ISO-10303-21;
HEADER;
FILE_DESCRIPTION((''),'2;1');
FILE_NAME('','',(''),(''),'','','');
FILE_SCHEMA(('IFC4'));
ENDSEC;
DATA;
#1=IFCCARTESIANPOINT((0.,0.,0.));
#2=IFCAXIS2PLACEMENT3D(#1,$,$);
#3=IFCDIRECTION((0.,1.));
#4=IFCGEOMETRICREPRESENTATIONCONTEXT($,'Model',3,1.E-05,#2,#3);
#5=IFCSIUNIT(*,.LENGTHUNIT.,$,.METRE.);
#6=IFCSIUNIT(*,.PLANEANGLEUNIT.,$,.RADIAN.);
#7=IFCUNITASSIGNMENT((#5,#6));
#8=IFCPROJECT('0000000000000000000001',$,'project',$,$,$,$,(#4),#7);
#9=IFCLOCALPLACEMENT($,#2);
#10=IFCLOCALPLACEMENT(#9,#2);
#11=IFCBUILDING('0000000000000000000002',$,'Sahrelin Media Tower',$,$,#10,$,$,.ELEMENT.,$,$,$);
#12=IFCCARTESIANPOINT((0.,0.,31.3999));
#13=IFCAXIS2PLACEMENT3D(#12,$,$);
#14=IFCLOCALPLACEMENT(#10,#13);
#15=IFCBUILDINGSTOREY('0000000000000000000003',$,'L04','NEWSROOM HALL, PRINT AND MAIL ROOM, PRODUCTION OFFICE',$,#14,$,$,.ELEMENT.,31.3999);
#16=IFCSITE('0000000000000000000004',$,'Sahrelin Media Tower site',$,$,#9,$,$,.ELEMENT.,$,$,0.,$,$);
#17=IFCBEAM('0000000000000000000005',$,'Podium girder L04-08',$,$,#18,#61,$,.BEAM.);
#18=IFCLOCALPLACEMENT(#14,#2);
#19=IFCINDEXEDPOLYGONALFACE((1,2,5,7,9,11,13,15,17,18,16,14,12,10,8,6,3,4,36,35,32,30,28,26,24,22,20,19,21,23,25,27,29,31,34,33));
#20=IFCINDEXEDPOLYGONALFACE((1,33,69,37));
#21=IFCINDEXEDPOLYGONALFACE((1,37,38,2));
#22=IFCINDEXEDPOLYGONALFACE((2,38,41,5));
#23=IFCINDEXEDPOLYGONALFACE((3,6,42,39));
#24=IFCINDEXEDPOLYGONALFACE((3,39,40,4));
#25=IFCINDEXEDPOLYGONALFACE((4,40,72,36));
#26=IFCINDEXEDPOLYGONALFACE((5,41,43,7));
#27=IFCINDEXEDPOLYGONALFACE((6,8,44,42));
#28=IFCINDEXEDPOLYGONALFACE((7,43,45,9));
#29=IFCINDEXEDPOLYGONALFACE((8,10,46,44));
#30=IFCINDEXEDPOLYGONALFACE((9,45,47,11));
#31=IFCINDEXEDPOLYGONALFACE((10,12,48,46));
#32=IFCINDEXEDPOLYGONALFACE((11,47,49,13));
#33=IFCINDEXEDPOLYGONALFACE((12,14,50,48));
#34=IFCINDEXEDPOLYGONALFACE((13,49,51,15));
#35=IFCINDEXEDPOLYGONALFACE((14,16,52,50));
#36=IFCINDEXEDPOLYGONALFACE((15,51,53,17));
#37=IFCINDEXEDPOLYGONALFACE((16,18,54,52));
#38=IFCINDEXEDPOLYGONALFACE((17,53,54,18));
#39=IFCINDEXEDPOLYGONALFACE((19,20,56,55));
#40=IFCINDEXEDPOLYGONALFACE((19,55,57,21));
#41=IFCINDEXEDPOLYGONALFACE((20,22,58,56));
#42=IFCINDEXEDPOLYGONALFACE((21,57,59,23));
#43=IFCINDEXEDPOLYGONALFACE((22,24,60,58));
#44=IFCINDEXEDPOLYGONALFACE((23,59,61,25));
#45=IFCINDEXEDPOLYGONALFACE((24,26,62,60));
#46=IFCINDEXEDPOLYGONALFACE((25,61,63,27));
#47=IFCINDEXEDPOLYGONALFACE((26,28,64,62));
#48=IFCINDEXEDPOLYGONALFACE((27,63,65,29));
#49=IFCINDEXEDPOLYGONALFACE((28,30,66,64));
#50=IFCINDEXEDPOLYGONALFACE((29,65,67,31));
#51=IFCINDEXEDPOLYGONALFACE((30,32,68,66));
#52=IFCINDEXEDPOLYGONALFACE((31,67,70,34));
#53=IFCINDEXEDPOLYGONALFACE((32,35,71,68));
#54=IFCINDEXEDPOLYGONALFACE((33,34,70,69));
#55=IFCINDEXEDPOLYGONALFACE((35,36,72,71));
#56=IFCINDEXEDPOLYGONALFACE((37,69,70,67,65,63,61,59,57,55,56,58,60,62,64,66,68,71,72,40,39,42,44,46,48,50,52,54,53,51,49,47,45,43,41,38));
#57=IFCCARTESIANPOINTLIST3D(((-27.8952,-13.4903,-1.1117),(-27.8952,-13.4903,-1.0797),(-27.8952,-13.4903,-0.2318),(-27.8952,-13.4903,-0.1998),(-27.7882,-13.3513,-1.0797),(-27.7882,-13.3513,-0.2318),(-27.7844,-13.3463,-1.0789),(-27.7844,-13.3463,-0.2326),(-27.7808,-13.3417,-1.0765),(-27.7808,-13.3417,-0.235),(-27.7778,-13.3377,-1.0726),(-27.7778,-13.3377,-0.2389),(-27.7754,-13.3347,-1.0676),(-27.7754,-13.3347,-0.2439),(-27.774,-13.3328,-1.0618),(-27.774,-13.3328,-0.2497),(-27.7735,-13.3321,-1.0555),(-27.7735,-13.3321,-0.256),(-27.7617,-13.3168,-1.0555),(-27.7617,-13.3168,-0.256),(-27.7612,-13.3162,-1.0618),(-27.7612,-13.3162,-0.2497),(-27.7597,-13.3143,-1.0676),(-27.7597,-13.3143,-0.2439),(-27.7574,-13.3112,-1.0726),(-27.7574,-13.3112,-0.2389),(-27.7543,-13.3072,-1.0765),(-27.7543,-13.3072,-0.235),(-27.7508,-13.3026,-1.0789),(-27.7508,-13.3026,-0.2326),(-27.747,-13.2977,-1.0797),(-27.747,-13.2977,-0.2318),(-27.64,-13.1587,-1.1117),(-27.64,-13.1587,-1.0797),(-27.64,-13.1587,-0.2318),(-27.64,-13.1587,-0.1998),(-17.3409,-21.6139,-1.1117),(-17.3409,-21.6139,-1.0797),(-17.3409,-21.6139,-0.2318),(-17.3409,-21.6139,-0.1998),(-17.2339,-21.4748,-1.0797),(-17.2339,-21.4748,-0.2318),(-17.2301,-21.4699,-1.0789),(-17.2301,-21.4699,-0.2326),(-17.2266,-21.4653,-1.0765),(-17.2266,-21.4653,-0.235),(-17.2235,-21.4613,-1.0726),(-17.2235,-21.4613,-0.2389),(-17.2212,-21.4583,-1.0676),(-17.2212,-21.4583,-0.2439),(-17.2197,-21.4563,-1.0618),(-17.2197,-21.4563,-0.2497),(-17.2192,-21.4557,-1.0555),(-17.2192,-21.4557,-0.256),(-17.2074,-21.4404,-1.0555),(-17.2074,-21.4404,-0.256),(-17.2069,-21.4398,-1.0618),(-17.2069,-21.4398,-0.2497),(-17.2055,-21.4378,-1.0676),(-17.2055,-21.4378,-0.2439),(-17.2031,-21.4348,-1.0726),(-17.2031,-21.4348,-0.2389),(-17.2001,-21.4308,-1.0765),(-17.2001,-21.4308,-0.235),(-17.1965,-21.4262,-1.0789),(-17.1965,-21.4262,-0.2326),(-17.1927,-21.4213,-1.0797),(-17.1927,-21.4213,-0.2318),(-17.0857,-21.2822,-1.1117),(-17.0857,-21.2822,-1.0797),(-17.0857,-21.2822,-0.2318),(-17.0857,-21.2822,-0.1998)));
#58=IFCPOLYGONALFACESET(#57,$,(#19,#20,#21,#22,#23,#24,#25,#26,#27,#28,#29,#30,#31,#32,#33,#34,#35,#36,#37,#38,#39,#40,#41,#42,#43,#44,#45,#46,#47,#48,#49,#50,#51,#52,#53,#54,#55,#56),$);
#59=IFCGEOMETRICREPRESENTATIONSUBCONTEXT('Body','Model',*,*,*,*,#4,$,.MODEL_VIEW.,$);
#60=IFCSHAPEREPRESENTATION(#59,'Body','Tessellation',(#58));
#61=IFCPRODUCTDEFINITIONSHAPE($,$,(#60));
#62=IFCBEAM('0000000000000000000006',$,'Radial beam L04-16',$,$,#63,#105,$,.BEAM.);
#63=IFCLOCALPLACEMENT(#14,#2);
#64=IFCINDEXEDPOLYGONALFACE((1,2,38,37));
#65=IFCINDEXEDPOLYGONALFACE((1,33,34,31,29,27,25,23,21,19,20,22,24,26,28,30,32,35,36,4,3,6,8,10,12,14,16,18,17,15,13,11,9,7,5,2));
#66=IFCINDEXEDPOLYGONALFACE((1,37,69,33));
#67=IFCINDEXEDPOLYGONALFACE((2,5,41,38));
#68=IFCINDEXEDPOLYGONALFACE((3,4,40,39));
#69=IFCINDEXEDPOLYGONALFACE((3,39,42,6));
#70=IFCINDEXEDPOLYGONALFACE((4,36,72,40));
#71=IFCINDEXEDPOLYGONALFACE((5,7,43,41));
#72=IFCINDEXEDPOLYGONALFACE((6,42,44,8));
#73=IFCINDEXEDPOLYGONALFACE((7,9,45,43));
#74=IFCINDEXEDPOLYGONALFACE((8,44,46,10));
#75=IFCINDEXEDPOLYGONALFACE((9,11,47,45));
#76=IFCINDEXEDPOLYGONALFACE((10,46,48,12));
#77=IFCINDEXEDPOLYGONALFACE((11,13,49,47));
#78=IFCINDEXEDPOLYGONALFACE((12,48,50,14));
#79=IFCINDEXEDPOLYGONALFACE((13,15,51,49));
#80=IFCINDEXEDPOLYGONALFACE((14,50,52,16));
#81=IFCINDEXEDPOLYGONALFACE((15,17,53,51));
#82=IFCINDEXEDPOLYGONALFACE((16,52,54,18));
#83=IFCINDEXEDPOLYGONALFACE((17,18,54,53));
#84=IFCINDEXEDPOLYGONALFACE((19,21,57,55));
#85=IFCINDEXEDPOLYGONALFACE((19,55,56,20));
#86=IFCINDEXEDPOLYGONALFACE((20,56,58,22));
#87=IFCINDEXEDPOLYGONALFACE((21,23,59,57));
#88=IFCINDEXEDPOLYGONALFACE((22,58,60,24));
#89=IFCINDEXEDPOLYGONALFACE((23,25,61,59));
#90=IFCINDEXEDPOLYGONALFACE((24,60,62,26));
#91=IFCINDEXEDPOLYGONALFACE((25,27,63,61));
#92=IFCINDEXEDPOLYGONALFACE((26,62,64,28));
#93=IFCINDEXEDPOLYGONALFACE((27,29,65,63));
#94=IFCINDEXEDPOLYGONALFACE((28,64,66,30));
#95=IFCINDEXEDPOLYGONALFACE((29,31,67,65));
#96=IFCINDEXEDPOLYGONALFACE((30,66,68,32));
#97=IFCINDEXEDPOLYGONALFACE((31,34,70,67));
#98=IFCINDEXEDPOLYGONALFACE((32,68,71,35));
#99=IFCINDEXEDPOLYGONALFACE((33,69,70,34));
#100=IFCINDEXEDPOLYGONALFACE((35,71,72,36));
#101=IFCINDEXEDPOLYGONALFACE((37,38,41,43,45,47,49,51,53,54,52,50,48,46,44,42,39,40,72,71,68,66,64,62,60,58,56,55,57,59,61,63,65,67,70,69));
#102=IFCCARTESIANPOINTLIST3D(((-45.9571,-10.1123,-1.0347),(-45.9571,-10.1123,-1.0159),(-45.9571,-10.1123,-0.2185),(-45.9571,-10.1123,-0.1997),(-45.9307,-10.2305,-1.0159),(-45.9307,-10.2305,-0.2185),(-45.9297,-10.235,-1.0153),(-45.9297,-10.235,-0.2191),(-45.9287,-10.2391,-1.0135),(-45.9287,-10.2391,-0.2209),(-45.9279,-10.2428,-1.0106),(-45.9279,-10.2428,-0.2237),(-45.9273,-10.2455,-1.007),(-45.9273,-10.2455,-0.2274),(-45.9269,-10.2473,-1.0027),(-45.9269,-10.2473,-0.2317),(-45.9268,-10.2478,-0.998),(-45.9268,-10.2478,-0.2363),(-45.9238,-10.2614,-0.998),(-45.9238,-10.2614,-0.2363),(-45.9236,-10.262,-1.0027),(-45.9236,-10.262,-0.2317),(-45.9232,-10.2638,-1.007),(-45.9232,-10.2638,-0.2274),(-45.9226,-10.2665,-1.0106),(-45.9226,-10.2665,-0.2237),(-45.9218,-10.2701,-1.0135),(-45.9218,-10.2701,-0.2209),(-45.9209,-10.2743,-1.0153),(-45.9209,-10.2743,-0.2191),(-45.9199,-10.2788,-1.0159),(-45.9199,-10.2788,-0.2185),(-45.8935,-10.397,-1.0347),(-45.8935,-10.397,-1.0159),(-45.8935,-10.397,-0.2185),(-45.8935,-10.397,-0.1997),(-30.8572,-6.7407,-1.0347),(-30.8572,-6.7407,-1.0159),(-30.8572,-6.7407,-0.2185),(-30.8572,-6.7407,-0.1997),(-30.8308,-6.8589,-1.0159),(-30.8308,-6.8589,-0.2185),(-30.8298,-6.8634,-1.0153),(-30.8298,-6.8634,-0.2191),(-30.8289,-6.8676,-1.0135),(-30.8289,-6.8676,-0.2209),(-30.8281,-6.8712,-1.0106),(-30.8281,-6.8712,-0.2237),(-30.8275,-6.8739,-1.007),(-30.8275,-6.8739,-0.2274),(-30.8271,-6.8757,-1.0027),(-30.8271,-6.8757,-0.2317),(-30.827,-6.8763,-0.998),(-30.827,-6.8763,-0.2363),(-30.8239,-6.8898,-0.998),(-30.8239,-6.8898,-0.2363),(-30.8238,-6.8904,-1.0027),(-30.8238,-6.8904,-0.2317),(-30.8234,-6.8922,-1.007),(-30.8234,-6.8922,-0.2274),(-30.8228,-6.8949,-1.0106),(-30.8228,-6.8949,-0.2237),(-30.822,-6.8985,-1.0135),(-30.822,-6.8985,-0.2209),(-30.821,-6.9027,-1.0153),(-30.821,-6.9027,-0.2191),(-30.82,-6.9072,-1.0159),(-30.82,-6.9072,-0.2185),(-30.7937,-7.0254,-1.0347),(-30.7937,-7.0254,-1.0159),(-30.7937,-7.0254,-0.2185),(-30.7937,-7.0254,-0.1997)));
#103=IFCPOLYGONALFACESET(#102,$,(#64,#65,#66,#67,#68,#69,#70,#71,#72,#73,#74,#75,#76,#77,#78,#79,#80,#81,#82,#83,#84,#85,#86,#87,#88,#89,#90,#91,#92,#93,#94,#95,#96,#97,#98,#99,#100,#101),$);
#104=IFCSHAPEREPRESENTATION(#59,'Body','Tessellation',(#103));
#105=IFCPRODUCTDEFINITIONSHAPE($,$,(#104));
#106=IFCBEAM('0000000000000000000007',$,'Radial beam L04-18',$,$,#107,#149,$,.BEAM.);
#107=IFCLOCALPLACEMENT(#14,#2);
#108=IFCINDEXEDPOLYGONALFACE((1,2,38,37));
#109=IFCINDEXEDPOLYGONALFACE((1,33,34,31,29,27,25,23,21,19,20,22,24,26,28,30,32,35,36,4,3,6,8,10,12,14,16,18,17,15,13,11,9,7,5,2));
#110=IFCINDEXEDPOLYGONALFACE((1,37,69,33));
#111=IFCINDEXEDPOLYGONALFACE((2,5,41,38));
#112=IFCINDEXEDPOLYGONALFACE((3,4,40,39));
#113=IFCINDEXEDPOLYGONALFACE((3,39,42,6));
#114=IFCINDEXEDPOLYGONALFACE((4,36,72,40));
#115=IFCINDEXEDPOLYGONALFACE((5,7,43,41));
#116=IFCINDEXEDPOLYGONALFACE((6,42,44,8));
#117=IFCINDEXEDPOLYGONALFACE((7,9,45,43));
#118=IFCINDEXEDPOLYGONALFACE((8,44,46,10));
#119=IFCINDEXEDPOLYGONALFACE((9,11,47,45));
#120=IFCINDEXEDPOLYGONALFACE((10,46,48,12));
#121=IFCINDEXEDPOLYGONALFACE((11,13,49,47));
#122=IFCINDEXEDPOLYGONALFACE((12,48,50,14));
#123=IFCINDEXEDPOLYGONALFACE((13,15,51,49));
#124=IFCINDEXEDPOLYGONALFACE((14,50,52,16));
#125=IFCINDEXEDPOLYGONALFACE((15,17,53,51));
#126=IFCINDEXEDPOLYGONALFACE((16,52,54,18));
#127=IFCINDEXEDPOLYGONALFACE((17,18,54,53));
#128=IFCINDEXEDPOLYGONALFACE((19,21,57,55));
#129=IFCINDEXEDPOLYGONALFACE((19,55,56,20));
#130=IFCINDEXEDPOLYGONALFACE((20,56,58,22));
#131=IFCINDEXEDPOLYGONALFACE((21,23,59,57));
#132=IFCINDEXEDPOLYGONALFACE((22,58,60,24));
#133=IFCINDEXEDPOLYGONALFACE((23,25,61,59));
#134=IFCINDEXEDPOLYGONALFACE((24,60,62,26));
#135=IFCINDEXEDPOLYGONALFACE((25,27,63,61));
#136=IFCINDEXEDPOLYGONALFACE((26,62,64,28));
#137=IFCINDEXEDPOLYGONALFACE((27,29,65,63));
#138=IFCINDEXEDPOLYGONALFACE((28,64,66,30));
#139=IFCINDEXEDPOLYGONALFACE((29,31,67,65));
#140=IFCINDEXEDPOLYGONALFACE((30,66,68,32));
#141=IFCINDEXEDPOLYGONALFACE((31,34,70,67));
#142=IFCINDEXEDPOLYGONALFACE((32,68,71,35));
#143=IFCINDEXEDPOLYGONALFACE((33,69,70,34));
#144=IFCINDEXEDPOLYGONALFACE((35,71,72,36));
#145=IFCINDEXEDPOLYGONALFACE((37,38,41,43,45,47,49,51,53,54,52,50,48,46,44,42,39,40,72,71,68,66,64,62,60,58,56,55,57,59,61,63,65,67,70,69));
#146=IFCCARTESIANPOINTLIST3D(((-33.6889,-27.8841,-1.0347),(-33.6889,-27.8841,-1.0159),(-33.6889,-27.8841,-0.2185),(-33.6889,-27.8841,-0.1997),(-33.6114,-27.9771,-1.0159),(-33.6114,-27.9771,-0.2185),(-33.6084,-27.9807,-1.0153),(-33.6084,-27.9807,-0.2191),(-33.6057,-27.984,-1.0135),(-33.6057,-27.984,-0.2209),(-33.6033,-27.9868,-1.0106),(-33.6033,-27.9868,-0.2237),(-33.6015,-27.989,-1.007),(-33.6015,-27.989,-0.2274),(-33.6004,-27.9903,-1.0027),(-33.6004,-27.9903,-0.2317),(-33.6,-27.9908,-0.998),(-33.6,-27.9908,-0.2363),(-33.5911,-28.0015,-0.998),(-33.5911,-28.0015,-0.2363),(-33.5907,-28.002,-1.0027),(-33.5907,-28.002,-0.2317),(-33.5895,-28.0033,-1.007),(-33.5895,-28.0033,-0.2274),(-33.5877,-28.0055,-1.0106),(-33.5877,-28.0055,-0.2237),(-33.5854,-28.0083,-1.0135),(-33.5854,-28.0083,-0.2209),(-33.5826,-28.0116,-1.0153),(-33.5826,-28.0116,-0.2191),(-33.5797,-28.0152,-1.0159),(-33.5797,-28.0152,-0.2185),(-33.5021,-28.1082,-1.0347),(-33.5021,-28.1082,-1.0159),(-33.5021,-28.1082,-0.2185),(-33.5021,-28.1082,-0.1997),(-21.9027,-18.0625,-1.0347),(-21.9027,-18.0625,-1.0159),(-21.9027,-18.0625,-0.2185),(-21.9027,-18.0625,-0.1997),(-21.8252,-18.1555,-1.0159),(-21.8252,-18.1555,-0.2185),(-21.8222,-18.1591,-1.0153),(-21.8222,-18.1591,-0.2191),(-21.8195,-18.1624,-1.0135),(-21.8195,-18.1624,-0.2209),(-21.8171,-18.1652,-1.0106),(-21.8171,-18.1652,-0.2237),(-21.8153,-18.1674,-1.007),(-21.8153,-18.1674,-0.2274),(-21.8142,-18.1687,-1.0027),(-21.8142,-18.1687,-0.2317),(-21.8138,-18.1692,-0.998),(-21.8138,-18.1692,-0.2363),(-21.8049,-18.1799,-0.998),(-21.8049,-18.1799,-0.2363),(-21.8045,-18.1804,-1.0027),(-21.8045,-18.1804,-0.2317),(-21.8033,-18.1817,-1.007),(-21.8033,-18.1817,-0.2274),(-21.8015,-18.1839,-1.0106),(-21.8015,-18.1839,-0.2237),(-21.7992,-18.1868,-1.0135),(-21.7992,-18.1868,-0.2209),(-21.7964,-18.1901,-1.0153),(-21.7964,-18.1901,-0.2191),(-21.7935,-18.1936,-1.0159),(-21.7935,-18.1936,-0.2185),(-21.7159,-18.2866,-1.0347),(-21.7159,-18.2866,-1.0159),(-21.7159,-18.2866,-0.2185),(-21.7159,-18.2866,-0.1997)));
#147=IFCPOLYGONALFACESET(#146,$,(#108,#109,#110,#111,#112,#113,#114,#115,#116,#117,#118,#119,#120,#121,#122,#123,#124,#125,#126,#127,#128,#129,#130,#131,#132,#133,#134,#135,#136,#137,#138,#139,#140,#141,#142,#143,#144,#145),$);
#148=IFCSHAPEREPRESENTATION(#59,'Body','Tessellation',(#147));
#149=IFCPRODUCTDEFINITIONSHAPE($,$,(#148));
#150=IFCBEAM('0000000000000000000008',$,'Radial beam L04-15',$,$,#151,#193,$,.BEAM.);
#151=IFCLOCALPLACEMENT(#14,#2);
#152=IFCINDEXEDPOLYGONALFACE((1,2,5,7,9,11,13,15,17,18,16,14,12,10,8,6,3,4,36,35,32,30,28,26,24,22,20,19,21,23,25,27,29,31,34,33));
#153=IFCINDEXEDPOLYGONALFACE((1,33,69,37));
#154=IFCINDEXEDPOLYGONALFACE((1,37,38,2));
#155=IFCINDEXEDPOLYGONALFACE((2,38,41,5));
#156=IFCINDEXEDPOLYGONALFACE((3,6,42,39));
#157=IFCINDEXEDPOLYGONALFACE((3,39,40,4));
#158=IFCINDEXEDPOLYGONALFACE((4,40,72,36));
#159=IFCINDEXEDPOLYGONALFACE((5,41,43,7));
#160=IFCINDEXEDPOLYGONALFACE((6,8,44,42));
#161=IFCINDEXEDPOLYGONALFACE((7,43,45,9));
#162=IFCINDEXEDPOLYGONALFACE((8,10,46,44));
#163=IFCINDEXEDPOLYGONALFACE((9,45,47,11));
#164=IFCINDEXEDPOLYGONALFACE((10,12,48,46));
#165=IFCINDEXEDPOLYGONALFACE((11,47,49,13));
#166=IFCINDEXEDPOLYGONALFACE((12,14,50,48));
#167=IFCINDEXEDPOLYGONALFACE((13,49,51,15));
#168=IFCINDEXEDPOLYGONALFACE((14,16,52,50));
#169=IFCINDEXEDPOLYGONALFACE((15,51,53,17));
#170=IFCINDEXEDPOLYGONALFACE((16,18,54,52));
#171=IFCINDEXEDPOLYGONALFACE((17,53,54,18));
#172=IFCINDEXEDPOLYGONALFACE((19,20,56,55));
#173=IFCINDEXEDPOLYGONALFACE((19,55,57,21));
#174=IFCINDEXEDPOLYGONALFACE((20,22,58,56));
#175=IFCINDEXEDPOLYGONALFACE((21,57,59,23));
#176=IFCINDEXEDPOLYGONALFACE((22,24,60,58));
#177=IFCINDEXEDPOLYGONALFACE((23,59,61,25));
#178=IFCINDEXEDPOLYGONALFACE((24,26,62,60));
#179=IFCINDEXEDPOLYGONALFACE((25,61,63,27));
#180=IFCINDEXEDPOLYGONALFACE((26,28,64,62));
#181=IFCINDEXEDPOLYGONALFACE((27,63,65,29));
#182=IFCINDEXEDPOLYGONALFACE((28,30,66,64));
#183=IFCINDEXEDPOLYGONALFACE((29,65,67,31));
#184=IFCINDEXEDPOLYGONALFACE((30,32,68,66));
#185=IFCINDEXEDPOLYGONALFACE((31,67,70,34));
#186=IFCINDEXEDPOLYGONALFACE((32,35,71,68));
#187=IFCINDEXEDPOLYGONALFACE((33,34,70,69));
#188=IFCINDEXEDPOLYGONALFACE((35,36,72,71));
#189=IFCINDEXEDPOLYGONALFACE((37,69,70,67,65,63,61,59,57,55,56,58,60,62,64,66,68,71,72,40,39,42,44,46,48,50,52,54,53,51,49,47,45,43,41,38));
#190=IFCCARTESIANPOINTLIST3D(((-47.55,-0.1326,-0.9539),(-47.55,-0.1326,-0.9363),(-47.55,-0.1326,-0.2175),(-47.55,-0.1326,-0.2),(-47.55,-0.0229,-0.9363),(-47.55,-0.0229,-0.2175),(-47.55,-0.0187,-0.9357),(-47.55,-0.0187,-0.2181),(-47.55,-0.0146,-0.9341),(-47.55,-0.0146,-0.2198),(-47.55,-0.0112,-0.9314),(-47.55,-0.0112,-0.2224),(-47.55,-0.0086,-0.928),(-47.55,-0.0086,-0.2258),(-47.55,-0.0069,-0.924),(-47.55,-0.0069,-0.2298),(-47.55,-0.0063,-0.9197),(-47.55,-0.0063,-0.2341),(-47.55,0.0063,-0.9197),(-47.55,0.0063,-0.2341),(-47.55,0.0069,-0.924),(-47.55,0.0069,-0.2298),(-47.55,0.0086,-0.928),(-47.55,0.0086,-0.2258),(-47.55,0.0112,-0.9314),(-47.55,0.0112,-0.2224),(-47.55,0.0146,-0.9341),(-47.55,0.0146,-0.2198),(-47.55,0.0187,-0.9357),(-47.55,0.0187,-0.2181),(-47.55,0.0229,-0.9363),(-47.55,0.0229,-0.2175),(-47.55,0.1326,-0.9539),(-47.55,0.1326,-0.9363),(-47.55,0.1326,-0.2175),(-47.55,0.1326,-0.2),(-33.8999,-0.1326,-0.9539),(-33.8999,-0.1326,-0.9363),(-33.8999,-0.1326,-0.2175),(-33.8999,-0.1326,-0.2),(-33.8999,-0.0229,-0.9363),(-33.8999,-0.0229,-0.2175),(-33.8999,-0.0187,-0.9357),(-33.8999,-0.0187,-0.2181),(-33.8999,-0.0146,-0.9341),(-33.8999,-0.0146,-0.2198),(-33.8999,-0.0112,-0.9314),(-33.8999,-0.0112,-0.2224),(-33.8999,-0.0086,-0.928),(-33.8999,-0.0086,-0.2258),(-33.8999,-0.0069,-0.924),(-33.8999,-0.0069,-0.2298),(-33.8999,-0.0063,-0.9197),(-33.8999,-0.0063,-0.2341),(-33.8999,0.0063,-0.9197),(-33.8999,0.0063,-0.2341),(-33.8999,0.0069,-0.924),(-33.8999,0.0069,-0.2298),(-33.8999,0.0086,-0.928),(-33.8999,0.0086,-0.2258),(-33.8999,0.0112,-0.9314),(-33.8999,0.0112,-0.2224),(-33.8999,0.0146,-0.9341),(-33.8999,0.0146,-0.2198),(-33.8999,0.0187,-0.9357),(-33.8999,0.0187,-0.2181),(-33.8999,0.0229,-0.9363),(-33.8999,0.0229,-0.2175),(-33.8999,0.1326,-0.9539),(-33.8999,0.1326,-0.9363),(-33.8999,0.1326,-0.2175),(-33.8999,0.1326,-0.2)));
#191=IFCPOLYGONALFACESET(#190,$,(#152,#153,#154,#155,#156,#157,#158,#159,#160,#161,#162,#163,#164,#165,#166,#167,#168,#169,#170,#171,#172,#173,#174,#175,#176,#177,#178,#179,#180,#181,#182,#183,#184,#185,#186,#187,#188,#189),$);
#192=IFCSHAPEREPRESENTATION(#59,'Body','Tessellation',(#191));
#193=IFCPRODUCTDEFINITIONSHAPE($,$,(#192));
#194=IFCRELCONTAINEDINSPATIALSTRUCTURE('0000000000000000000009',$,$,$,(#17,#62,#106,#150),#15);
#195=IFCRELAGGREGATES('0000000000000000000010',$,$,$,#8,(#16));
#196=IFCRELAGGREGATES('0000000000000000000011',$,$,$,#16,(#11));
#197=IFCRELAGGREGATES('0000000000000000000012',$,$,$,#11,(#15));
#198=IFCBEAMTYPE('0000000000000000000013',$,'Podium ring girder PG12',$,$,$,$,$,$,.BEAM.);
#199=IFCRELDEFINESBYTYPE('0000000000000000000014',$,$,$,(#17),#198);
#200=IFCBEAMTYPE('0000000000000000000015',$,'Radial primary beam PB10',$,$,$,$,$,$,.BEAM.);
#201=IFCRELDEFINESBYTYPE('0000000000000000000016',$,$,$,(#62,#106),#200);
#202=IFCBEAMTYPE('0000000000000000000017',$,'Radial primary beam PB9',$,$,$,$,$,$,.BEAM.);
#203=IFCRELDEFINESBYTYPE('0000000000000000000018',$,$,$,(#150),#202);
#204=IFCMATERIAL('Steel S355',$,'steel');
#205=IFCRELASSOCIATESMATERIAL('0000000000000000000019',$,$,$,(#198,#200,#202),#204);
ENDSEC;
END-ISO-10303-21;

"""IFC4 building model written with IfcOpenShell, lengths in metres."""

from ifc_helpers import new_model, si_unit, direction, frame, origin, origin_2d, place, context, subcontext, project, spatial, i_section, extrude, material, material_profile, profile_set, type_object, element, save


model = new_model("IFC4")

# Units and contexts
model_context = context("Model", 3, precision=1e-05, world=origin(), true_north=direction((0.0, 1.0)))
body_context = subcontext(model_context, "Body", "Model", "MODEL_VIEW")
ifc_project = project(units=[si_unit("LENGTHUNIT", "METRE"), si_unit("PLANEANGLEUNIT", "RADIAN")], contexts=[model_context])

# Site, building, storey
site_placement = place(None, origin())
site = spatial("IfcSite", under=ifc_project, at=site_placement, Name="Sahrelin Media Tower site", CompositionType="ELEMENT", RefElevation=0.0)
building_placement = place(site_placement, origin())
building = spatial("IfcBuilding", under=site, at=building_placement, Name="Sahrelin Media Tower", CompositionType="ELEMENT")
storey_placement = place(building_placement, frame((0.0, 0.0, 31.3999)))
storey = spatial("IfcBuildingStorey", under=building, at=storey_placement, Name="L04", Description="NEWSROOM HALL, PRINT AND MAIL ROOM, PRODUCTION OFFICE", CompositionType="ELEMENT", Elevation=31.3999)

# Beams
ifc_material_1 = material(Name="Steel S355", Category="steel")
ifc_material_profile_1 = material_profile(ifc_material_1, i_section(OverallWidth=0.4185, OverallDepth=0.9119, WebThickness=0.0193, FlangeThickness=0.032, FilletRadius=0.0242, at=origin_2d()), Name="UB 914x419x343")
ifc_profile_set_1 = profile_set([ifc_material_profile_1], Name="Steel S355")
beam_type_1 = type_object("IfcBeamType", Name="Podium ring girder PG12", PredefinedType="BEAM", material=ifc_profile_set_1)
beam_1_placement = place(storey_placement, frame((-27.7676, -13.3245, -0.6558), z_axis=(0.792445, -0.609943, 0.0), x_axis=(0.609943, 0.792445, 0.0)))
element("IfcBeam", 1, at=beam_1_placement, inside=storey, type_object=beam_type_1, Name="Podium girder L04-08", PredefinedType="BEAM", context=body_context, shape_type="SweptSolid", body=[
    extrude(i_section(OverallWidth=0.4185, OverallDepth=0.9119, WebThickness=0.0193, FlangeThickness=0.032, FilletRadius=0.0242, at=origin_2d()), origin(), (0.0, 0.0, 1.0), 13.3186),
])
ifc_material_profile_2 = material_profile(ifc_material_1, i_section(OverallWidth=0.2917, OverallDepth=0.835, WebThickness=0.0139, FlangeThickness=0.0188, FilletRadius=0.0178, at=origin_2d()), Name="UB 838x292x176")
ifc_profile_set_2 = profile_set([ifc_material_profile_2], Name="Steel S355")
beam_type_2 = type_object("IfcBeamType", Name="Radial primary beam PB10", PredefinedType="BEAM", material=ifc_profile_set_2)
beam_2_placement = place(storey_placement, frame((-30.8254, -6.8831, -0.6172), z_axis=(-0.975967, -0.217919, 0.0), x_axis=(0.217919, -0.975967, 0.0)))
element("IfcBeam", 2, at=beam_2_placement, inside=storey, type_object=beam_type_2, Name="Radial beam L04-16", PredefinedType="BEAM", context=body_context, shape_type="SweptSolid", body=[
    extrude(i_section(OverallWidth=0.2917, OverallDepth=0.835, WebThickness=0.0139, FlangeThickness=0.0188, FilletRadius=0.0178, at=origin_2d()), origin(), (0.0, 0.0, 1.0), 15.4717),
])
beam_3_placement = place(storey_placement, frame((-21.8093, -18.1746, -0.6172), z_axis=(-0.768229, -0.640175, 0.0), x_axis=(0.640175, -0.768229, 0.0)))
element("IfcBeam", 3, at=beam_3_placement, inside=storey, type_object=beam_type_2, Name="Radial beam L04-18", PredefinedType="BEAM", context=body_context, shape_type="SweptSolid", body=[
    extrude(i_section(OverallWidth=0.2917, OverallDepth=0.835, WebThickness=0.0139, FlangeThickness=0.0188, FilletRadius=0.0178, at=origin_2d()), origin(), (0.0, 0.0, 1.0), 15.342),
])
ifc_material_profile_3 = material_profile(ifc_material_1, i_section(OverallWidth=0.2651, OverallDepth=0.7539, WebThickness=0.0127, FlangeThickness=0.0176, FilletRadius=0.0166, at=origin_2d()), Name="UB 762x267x147")
ifc_profile_set_3 = profile_set([ifc_material_profile_3], Name="Steel S355")
beam_type_3 = type_object("IfcBeamType", Name="Radial primary beam PB9", PredefinedType="BEAM", material=ifc_profile_set_3)
beam_4_placement = place(storey_placement, frame((-33.8999, 0.0, -0.5769), z_axis=(-1.0, 0.0, 0.0), x_axis=(0.0, -1.0, 0.0)))
element("IfcBeam", 4, at=beam_4_placement, inside=storey, type_object=beam_type_3, Name="Radial beam L04-15", PredefinedType="BEAM", context=body_context, shape_type="SweptSolid", body=[
    extrude(i_section(OverallWidth=0.2651, OverallDepth=0.7539, WebThickness=0.0127, FlangeThickness=0.0176, FilletRadius=0.0166, at=origin_2d()), origin(), (0.0, 0.0, 1.0), 13.6501),
])

save(model, "model.ifc")
